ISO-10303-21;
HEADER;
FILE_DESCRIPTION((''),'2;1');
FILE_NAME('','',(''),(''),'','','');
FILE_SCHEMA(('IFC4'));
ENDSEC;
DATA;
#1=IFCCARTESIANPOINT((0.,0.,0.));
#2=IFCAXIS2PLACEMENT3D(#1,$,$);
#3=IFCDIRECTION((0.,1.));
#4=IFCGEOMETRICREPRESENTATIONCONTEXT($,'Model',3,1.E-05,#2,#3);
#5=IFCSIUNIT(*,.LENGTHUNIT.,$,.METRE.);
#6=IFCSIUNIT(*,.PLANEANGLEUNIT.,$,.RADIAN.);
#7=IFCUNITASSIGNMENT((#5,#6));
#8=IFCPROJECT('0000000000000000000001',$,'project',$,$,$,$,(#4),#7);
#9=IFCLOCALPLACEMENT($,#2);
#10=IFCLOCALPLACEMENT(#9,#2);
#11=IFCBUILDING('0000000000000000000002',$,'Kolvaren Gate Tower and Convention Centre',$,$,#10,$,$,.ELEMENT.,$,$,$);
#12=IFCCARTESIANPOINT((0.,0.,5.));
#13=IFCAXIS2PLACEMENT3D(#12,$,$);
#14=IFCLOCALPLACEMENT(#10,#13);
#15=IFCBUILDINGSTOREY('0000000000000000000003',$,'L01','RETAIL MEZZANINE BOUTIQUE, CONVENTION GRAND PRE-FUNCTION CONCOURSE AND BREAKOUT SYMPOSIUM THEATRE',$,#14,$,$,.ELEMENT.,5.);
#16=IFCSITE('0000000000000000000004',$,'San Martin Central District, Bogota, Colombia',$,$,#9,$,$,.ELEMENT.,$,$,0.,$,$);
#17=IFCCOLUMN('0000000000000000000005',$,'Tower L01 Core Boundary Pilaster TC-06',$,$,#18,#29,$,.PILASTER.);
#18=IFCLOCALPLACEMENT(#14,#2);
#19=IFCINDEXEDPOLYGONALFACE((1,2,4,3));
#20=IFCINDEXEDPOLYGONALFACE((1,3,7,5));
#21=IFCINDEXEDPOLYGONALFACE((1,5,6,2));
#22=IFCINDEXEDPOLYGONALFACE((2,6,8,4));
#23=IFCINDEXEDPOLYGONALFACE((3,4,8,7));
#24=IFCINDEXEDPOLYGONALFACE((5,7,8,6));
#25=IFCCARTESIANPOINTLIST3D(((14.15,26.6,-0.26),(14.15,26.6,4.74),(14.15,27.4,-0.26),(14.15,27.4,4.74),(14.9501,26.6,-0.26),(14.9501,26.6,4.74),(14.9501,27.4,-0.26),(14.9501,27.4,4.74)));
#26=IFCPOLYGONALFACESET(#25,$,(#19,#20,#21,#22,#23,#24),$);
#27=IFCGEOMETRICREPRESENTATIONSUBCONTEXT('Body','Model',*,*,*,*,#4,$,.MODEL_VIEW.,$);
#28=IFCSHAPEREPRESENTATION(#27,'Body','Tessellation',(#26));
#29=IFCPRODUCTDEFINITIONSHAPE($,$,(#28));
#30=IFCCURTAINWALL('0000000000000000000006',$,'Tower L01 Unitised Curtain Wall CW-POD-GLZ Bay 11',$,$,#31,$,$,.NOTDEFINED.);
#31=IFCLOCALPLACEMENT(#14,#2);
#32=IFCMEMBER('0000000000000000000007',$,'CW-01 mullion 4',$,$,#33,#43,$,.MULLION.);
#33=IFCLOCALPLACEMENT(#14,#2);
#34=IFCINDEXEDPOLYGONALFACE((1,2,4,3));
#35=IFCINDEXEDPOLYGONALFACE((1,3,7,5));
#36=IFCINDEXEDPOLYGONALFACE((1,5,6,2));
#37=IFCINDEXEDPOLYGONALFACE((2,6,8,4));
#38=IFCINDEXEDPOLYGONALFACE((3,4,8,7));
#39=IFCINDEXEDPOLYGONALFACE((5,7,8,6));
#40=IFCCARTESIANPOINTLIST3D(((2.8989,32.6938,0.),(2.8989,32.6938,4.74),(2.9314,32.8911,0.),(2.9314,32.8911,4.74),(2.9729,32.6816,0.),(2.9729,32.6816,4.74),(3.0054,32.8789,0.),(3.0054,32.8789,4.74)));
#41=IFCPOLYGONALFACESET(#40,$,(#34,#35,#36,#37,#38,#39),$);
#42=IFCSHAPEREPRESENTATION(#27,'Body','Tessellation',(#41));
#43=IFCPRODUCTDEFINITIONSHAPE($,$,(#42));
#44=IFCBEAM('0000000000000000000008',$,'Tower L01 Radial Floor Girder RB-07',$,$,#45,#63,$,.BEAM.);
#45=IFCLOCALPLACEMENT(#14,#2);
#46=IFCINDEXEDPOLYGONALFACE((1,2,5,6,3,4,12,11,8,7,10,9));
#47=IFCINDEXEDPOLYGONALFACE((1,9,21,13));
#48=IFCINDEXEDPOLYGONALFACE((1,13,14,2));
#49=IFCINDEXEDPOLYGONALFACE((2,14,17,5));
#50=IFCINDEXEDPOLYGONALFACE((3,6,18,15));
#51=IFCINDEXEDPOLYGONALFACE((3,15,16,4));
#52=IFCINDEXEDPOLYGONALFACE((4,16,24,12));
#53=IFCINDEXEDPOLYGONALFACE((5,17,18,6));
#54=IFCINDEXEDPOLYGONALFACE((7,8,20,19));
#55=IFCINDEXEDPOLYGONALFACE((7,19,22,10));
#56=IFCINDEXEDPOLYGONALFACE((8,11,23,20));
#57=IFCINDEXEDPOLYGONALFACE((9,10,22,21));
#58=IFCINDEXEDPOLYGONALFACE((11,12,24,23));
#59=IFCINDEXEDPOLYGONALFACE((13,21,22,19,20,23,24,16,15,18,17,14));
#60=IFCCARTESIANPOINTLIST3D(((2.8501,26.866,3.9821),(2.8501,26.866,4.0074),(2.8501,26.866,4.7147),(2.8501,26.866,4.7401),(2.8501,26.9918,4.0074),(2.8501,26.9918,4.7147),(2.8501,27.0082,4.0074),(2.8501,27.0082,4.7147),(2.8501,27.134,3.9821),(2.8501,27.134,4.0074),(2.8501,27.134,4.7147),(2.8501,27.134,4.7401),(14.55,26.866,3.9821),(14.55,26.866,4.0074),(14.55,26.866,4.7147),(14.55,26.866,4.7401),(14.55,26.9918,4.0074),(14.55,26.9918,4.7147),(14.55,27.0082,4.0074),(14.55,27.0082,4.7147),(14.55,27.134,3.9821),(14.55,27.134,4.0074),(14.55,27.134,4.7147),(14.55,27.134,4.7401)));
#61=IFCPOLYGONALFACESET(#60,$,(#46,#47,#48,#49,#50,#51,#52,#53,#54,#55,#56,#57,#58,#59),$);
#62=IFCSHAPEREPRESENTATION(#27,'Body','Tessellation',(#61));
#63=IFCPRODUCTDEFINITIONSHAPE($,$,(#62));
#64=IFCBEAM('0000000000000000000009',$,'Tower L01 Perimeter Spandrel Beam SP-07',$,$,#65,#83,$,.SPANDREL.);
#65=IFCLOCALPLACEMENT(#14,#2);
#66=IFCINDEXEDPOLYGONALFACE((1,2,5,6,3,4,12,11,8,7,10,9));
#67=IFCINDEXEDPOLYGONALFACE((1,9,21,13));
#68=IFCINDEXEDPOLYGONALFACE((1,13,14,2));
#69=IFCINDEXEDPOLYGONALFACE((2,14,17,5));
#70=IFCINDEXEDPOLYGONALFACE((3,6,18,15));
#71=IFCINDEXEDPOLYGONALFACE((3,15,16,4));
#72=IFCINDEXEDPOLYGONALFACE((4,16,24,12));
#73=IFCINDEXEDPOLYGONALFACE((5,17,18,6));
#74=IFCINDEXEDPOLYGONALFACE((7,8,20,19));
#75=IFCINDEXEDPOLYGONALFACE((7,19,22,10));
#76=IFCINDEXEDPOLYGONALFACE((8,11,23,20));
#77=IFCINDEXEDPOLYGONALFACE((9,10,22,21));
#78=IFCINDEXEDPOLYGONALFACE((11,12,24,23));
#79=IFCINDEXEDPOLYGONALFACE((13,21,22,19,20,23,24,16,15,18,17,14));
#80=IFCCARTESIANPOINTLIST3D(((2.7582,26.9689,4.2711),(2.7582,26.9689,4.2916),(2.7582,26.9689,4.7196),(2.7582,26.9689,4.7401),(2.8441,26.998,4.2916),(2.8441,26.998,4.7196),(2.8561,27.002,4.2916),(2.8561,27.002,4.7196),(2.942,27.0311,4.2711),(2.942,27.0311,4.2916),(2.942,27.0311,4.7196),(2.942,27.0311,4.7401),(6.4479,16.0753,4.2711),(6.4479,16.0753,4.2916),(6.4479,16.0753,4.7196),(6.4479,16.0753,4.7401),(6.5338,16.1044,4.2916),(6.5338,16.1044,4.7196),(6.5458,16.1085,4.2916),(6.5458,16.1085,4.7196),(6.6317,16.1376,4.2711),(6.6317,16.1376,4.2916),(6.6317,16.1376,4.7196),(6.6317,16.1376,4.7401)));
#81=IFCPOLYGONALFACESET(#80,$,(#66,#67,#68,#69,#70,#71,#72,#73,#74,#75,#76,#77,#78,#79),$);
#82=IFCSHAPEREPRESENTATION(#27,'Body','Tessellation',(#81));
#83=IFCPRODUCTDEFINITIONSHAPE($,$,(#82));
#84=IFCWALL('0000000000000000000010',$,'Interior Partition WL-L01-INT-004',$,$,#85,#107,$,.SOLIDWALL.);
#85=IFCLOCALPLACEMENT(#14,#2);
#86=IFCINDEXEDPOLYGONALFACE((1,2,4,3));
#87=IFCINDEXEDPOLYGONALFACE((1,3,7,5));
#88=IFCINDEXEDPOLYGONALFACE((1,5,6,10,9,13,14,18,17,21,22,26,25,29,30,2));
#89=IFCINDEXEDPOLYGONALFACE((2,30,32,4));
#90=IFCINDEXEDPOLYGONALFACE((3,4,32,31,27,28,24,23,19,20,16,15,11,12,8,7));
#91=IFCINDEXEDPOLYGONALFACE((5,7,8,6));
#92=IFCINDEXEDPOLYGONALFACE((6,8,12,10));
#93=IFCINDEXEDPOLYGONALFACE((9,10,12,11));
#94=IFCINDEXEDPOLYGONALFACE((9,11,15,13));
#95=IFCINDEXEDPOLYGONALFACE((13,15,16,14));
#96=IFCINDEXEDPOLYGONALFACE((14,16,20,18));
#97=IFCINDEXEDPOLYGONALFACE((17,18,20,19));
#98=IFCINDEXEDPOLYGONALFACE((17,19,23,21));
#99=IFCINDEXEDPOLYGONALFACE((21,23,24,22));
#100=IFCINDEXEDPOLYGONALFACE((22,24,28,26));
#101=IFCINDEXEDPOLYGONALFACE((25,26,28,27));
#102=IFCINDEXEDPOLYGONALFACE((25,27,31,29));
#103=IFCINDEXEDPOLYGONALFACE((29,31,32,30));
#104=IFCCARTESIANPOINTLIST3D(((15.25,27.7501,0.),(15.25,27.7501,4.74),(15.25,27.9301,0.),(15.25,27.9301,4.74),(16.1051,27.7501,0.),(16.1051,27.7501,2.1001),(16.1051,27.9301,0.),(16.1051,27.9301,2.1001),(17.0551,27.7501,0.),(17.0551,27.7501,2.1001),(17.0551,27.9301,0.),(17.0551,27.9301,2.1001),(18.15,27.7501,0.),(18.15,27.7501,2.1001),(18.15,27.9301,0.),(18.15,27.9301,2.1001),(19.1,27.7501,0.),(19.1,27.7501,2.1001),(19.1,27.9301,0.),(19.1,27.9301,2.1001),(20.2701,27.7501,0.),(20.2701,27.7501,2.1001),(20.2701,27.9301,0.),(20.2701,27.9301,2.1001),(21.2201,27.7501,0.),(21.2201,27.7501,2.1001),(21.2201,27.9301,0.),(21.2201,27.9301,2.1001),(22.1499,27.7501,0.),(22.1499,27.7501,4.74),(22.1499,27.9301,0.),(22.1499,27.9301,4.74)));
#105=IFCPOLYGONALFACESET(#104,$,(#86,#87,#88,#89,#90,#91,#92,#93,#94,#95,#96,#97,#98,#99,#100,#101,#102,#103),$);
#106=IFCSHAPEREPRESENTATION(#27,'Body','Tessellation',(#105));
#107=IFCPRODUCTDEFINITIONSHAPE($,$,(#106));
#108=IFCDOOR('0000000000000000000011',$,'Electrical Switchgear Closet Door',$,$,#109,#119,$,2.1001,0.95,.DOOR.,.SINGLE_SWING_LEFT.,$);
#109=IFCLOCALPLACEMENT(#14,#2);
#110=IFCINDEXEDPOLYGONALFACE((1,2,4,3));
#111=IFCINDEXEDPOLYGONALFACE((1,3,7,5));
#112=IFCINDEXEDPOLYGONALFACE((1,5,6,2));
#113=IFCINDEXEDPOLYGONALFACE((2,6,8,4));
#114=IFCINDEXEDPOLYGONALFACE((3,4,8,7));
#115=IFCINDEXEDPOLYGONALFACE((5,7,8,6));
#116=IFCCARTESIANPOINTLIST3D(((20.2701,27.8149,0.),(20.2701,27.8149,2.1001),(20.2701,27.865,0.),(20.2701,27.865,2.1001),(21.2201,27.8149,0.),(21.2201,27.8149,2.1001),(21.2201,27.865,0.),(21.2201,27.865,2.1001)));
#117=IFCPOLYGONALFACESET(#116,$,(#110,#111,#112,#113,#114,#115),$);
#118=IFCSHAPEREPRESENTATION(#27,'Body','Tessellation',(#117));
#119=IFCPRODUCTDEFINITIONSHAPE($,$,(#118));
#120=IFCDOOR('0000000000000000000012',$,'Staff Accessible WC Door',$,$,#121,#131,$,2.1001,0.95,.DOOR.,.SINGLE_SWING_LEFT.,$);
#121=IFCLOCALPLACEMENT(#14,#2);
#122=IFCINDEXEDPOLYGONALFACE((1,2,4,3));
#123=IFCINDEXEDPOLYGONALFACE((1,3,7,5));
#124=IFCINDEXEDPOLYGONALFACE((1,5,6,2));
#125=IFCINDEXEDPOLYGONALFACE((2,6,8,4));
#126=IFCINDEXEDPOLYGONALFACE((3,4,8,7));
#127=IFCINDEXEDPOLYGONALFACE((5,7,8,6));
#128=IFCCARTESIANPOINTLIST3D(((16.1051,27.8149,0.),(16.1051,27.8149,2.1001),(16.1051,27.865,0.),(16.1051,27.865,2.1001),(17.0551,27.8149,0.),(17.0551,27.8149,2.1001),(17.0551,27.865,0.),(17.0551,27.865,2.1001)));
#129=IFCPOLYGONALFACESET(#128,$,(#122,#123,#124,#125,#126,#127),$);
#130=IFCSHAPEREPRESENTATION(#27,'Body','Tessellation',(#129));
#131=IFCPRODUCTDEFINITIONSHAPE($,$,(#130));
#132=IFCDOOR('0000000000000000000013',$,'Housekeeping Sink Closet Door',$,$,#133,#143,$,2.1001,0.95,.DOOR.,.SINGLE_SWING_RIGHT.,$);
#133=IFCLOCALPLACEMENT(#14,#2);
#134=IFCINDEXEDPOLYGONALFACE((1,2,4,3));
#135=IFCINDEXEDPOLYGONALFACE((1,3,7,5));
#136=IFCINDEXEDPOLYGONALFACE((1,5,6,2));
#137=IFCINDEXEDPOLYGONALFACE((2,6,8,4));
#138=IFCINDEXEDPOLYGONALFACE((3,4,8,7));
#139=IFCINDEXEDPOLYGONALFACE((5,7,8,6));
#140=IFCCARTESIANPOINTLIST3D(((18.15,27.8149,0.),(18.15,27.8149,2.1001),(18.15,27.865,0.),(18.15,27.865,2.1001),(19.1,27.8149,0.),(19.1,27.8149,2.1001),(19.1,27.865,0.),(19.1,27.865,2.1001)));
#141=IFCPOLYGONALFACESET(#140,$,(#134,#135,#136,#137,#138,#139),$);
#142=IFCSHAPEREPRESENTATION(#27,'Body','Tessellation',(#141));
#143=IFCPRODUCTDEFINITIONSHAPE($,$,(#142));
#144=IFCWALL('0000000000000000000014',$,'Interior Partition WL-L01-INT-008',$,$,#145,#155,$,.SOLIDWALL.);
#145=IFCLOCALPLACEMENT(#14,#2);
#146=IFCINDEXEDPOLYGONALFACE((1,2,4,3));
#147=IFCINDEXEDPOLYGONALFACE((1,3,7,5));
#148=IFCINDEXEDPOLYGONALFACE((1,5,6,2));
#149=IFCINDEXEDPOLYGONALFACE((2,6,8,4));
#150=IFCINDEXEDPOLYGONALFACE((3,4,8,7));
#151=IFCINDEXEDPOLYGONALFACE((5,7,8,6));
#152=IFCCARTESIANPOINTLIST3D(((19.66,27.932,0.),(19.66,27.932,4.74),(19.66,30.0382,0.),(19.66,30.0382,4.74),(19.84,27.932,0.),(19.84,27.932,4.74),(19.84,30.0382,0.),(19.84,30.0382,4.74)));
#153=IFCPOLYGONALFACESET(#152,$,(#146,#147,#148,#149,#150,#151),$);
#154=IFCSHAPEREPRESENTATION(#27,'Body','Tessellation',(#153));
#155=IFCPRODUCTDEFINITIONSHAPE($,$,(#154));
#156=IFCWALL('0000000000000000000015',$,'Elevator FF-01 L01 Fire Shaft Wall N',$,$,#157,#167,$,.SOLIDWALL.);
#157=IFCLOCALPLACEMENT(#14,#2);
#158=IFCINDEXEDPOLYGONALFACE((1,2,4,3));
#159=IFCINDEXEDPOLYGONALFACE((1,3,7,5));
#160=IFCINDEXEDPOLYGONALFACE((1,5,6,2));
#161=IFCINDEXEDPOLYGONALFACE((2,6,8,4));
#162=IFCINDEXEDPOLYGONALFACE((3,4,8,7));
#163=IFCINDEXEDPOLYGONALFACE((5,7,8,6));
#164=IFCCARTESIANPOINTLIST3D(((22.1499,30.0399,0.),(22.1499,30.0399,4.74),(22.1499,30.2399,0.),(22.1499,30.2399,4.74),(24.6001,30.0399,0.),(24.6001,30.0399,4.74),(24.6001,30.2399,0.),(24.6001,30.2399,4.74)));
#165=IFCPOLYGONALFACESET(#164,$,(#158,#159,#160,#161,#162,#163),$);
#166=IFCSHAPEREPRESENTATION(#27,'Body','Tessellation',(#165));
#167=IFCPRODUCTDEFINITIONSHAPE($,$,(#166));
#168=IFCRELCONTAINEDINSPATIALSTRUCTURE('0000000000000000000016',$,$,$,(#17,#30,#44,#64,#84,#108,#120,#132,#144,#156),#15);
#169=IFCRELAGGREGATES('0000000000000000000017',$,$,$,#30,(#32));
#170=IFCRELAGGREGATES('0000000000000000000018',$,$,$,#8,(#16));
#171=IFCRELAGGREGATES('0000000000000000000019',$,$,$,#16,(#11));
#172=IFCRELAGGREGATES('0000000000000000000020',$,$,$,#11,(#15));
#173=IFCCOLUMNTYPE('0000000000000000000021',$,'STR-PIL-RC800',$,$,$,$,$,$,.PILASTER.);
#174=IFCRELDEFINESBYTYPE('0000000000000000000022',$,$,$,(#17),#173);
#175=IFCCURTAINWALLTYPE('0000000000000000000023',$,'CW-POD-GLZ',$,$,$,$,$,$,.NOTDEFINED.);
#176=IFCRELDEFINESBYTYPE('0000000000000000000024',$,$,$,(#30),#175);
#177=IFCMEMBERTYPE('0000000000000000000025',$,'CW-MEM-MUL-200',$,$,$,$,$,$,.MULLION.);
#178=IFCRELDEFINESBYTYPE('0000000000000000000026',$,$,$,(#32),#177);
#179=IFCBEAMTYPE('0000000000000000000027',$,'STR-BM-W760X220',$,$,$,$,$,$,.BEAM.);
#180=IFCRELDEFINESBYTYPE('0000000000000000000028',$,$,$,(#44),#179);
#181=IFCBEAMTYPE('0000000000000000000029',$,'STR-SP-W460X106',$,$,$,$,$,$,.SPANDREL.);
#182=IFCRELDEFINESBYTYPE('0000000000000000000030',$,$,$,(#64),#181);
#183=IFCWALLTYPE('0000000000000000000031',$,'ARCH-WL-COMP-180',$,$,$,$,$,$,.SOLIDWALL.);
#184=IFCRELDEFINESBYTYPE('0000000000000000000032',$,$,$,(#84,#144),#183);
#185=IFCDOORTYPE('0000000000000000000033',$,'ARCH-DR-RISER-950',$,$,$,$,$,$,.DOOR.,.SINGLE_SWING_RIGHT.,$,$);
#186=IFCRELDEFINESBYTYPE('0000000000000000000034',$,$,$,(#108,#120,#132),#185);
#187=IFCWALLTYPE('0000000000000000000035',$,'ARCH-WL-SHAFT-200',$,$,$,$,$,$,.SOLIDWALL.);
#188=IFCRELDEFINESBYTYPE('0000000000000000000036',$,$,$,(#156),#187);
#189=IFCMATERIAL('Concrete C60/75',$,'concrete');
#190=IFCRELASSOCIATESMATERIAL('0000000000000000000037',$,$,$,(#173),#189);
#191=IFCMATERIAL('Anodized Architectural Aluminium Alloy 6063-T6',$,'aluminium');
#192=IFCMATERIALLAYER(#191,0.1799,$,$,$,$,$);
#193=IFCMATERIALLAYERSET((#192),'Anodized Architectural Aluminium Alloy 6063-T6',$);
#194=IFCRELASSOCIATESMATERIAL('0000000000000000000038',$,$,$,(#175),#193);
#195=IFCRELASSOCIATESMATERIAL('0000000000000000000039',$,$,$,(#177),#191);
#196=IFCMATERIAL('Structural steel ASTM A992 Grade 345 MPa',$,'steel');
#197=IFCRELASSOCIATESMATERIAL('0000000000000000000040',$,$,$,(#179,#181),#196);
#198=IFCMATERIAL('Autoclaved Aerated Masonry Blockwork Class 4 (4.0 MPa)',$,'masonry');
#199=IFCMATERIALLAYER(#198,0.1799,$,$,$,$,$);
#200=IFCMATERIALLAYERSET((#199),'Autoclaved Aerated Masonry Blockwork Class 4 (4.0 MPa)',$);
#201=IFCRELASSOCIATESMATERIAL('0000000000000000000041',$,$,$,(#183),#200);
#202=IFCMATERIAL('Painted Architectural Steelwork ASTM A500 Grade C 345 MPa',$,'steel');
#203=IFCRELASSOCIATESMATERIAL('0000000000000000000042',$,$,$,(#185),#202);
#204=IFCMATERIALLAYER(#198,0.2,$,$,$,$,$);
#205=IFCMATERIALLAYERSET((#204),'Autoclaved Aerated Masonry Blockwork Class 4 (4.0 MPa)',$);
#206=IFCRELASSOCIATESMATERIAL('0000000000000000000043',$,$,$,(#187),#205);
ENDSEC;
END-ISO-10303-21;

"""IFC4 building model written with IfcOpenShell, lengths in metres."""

from ifc_helpers import new_model, si_unit, direction, frame, frame_2d, origin, origin_2d, place, context, subcontext, project, spatial, rectangle, i_section, extrude, material, layer, layer_set, material_profile, profile_set, type_object, element, fill, aggregate, save


model = new_model("IFC4")

# Units and contexts
model_context = context("Model", 3, precision=1e-05, world=origin(), true_north=direction((0.0, 1.0)))
body_context = subcontext(model_context, "Body", "Model", "MODEL_VIEW")
ifc_project = project(units=[si_unit("LENGTHUNIT", "METRE"), si_unit("PLANEANGLEUNIT", "RADIAN")], contexts=[model_context])

# Site, building, storey
site_placement = place(None, origin())
site = spatial("IfcSite", under=ifc_project, at=site_placement, Name="San Martin Central District, Bogota, Colombia", CompositionType="ELEMENT", RefElevation=0.0)
building_placement = place(site_placement, origin())
building = spatial("IfcBuilding", under=site, at=building_placement, Name="Kolvaren Gate Tower and Convention Centre", CompositionType="ELEMENT")
storey_placement = place(building_placement, frame((0.0, 0.0, 5.0)))
storey = spatial("IfcBuildingStorey", under=building, at=storey_placement, Name="L01", Description="RETAIL MEZZANINE BOUTIQUE, CONVENTION GRAND PRE-FUNCTION CONCOURSE AND BREAKOUT SYMPOSIUM THEATRE", CompositionType="ELEMENT", Elevation=5.0)

# Column
ifc_material_1 = material(Name="Concrete C60/75", Category="concrete")
ifc_material_profile_1 = material_profile(ifc_material_1, rectangle(XDim=0.8, YDim=0.8, at=origin_2d()), Name="RC-COL-800X800")
ifc_profile_set_1 = profile_set([ifc_material_profile_1], Name="Concrete C60/75")
column_type = type_object("IfcColumnType", Name="STR-PIL-RC800", PredefinedType="PILASTER", material=ifc_profile_set_1)
column_placement = place(storey_placement, frame((14.55, 27.0, -0.26), z_axis=(0.0, 0.0, 1.0), x_axis=(1.0, 0.0, 0.0)))
element("IfcColumn", 1, at=column_placement, inside=storey, type_object=column_type, Name="Tower L01 Core Boundary Pilaster TC-06", PredefinedType="PILASTER", context=body_context, shape_type="SweptSolid", body=[
    extrude(rectangle(XDim=0.8, YDim=0.8, at=origin_2d()), origin(), (0.0, 0.0, 1.0), 5.0),
])

# Curtain wall, member
ifc_material_2 = material(Name="Anodized Architectural Aluminium Alloy 6063-T6", Category="aluminium")
ifc_layer_1 = layer(ifc_material_2, 0.1799)
ifc_layer_set_1 = layer_set([ifc_layer_1], Name="Anodized Architectural Aluminium Alloy 6063-T6")
curtain_wall_type = type_object("IfcCurtainWallType", Name="CW-POD-GLZ", PredefinedType="NOTDEFINED", material=ifc_layer_set_1)
curtain_wall_placement = place(storey_placement, origin())
curtain_wall = element("IfcCurtainWall", 2, at=curtain_wall_placement, inside=storey, type_object=curtain_wall_type, Name="Tower L01 Unitised Curtain Wall CW-POD-GLZ Bay 11", PredefinedType="NOTDEFINED")
ifc_material_profile_2 = material_profile(ifc_material_2, rectangle(XDim=0.075, YDim=0.2, at=origin_2d()), Name="CW-MEM-MUL-200")
ifc_profile_set_2 = profile_set([ifc_material_profile_2], Name="Anodized Architectural Aluminium Alloy 6063-T6")
member_type = type_object("IfcMemberType", Name="CW-MEM-MUL-200", PredefinedType="MULLION", material=ifc_profile_set_2)
member_placement = place(storey_placement, frame((2.9521, 32.7864, 0.0), z_axis=(0.0, 0.0, 1.0), x_axis=(-0.986729, 0.162376, 0.0)))
member = element("IfcMember", 3, at=member_placement, type_object=member_type, Name="CW-01 mullion 4", PredefinedType="MULLION", context=body_context, shape_type="SweptSolid", body=[
    extrude(rectangle(XDim=0.075, YDim=0.2, at=origin_2d()), origin(), (0.0, 0.0, 1.0), 4.74),
])
aggregate(curtain_wall, [member])

# Beams
ifc_material_3 = material(Name="Structural steel ASTM A992 Grade 345 MPa", Category="steel")
ifc_material_profile_3 = material_profile(ifc_material_3, i_section(OverallWidth=0.2681, OverallDepth=0.7581, WebThickness=0.0164, FlangeThickness=0.0254, at=origin_2d()), Name="W760X220")
ifc_profile_set_3 = profile_set([ifc_material_profile_3], Name="Structural steel ASTM A992 Grade 345 MPa")
beam_type_1 = type_object("IfcBeamType", Name="STR-BM-W760X220", PredefinedType="BEAM", material=ifc_profile_set_3)
beam_1_placement = place(storey_placement, frame((14.55, 27.0, 4.3611), z_axis=(-1.0, 0.0, 0.0), x_axis=(0.0, -1.0, 0.0)))
element("IfcBeam", 4, at=beam_1_placement, inside=storey, type_object=beam_type_1, Name="Tower L01 Radial Floor Girder RB-07", PredefinedType="BEAM", context=body_context, shape_type="SweptSolid", body=[
    extrude(i_section(OverallWidth=0.2681, OverallDepth=0.7581, WebThickness=0.0164, FlangeThickness=0.0254, at=origin_2d()), origin(), (0.0, 0.0, 1.0), 11.7),
])
ifc_material_profile_4 = material_profile(ifc_material_3, i_section(OverallWidth=0.1941, OverallDepth=0.469, WebThickness=0.0127, FlangeThickness=0.0205, at=origin_2d()), Name="W460X106")
ifc_profile_set_4 = profile_set([ifc_material_profile_4], Name="Structural steel ASTM A992 Grade 345 MPa")
beam_type_2 = type_object("IfcBeamType", Name="STR-SP-W460X106", PredefinedType="SPANDREL", material=ifc_profile_set_4)
beam_2_placement = place(storey_placement, frame((2.8501, 27.0, 4.5056), z_axis=(0.320803, -0.947146, 0.0), x_axis=(0.947146, 0.320803, 0.0)))
element("IfcBeam", 5, at=beam_2_placement, inside=storey, type_object=beam_type_2, Name="Tower L01 Perimeter Spandrel Beam SP-07", PredefinedType="SPANDREL", context=body_context, shape_type="SweptSolid", body=[
    extrude(i_section(OverallWidth=0.1941, OverallDepth=0.469, WebThickness=0.0127, FlangeThickness=0.0205, at=origin_2d()), origin(), (0.0, 0.0, 1.0), 11.5015),
])

# Wall, openings, doors
ifc_material_4 = material(Name="Autoclaved Aerated Masonry Blockwork Class 4 (4.0 MPa)", Category="masonry")
ifc_layer_2 = layer(ifc_material_4, 0.1799)
ifc_layer_set_2 = layer_set([ifc_layer_2], Name="Autoclaved Aerated Masonry Blockwork Class 4 (4.0 MPa)")
wall_type_1 = type_object("IfcWallType", Name="ARCH-WL-COMP-180", PredefinedType="SOLIDWALL", material=ifc_layer_set_2)
wall_1_placement = place(storey_placement, frame((15.25, 27.8401, 0.0), z_axis=(0.0, 0.0, 1.0), x_axis=(1.0, 0.0, 0.0)))
wall_1 = element("IfcWall", 6, at=wall_1_placement, inside=storey, type_object=wall_type_1, Name="Interior Partition WL-L01-INT-004", PredefinedType="SOLIDWALL", context=body_context, shape_type="SweptSolid", body=[
    extrude(rectangle(XDim=6.8999, YDim=0.1799, at=frame_2d((3.45, 0.0))), origin(), (0.0, 0.0, 1.0), 4.74),
])
opening_1_placement = place(wall_1_placement, frame((5.02, 0.0, 0.0)))
opening_1 = element("IfcOpeningElement", 7, at=opening_1_placement, cuts=wall_1, PredefinedType="OPENING", context=body_context, shape_type="SweptSolid", body=[
    extrude(rectangle(XDim=0.95, YDim=2.1001, at=frame_2d((0.4751, 1.05))), frame((0.0, 0.0999, 0.0), z_axis=(0.0, -1.0, 0.0), x_axis=(1.0, 0.0, 0.0)), (0.0, 0.0, 1.0), 0.2),
])
opening_2_placement = place(wall_1_placement, frame((0.855, 0.0, 0.0)))
opening_2 = element("IfcOpeningElement", 8, at=opening_2_placement, cuts=wall_1, PredefinedType="OPENING", context=body_context, shape_type="SweptSolid", body=[
    extrude(rectangle(XDim=0.95, YDim=2.1001, at=frame_2d((0.4751, 1.05))), frame((0.0, 0.0999, 0.0), z_axis=(0.0, -1.0, 0.0), x_axis=(1.0, 0.0, 0.0)), (0.0, 0.0, 1.0), 0.2),
])
opening_3_placement = place(wall_1_placement, frame((2.8999, 0.0, 0.0)))
opening_3 = element("IfcOpeningElement", 9, at=opening_3_placement, cuts=wall_1, PredefinedType="OPENING", context=body_context, shape_type="SweptSolid", body=[
    extrude(rectangle(XDim=0.95, YDim=2.1001, at=frame_2d((0.4751, 1.05))), frame((0.0, 0.0999, 0.0), z_axis=(0.0, -1.0, 0.0), x_axis=(1.0, 0.0, 0.0)), (0.0, 0.0, 1.0), 0.2),
])
ifc_material_5 = material(Name="Painted Architectural Steelwork ASTM A500 Grade C 345 MPa", Category="steel")
door_type = type_object("IfcDoorType", Name="ARCH-DR-RISER-950", OperationType="SINGLE_SWING_RIGHT", PredefinedType="DOOR", material=ifc_material_5)
door_1_placement = place(opening_1_placement, origin())
door_1 = element("IfcDoor", 10, at=door_1_placement, inside=storey, type_object=door_type, Name="Electrical Switchgear Closet Door", OperationType="SINGLE_SWING_LEFT", OverallHeight=2.1001, OverallWidth=0.95, PredefinedType="DOOR", context=body_context, shape_type="SweptSolid", body=[
    extrude(rectangle(XDim=0.95, YDim=2.1001, at=frame_2d((0.4751, 1.05))), frame((0.0, 0.0249, 0.0), z_axis=(0.0, -1.0, 0.0), x_axis=(1.0, 0.0, 0.0)), (0.0, 0.0, 1.0), 0.05),
])
fill(opening_1, door_1)
door_2_placement = place(opening_2_placement, origin())
door_2 = element("IfcDoor", 11, at=door_2_placement, inside=storey, type_object=door_type, Name="Staff Accessible WC Door", OperationType="SINGLE_SWING_LEFT", OverallHeight=2.1001, OverallWidth=0.95, PredefinedType="DOOR", context=body_context, shape_type="SweptSolid", body=[
    extrude(rectangle(XDim=0.95, YDim=2.1001, at=frame_2d((0.4751, 1.05))), frame((0.0, 0.0249, 0.0), z_axis=(0.0, -1.0, 0.0), x_axis=(1.0, 0.0, 0.0)), (0.0, 0.0, 1.0), 0.05),
])
fill(opening_2, door_2)
door_3_placement = place(opening_3_placement, origin())
door_3 = element("IfcDoor", 12, at=door_3_placement, inside=storey, type_object=door_type, Name="Housekeeping Sink Closet Door", OperationType="SINGLE_SWING_RIGHT", OverallHeight=2.1001, OverallWidth=0.95, PredefinedType="DOOR", context=body_context, shape_type="SweptSolid", body=[
    extrude(rectangle(XDim=0.95, YDim=2.1001, at=frame_2d((0.4751, 1.05))), frame((0.0, 0.0249, 0.0), z_axis=(0.0, -1.0, 0.0), x_axis=(1.0, 0.0, 0.0)), (0.0, 0.0, 1.0), 0.05),
])
fill(opening_3, door_3)

# Walls
wall_2_placement = place(storey_placement, frame((19.75, 27.9319, 0.0), z_axis=(0.0, 0.0, 1.0), x_axis=(0.0, 1.0, 0.0)))
element("IfcWall", 13, at=wall_2_placement, inside=storey, type_object=wall_type_1, Name="Interior Partition WL-L01-INT-008", PredefinedType="SOLIDWALL", context=body_context, shape_type="SweptSolid", body=[
    extrude(rectangle(XDim=2.1062, YDim=0.1799, at=frame_2d((1.0532, 0.0))), origin(), (0.0, 0.0, 1.0), 4.74),
])
ifc_layer_3 = layer(ifc_material_4, 0.2)
ifc_layer_set_3 = layer_set([ifc_layer_3], Name="Autoclaved Aerated Masonry Blockwork Class 4 (4.0 MPa)")
wall_type_2 = type_object("IfcWallType", Name="ARCH-WL-SHAFT-200", PredefinedType="SOLIDWALL", material=ifc_layer_set_3)
for number, where, z_axis, x_axis, name in (
    (14, (22.1499, 30.1399, 0.0), (0.0, 0.0, 1.0), (1.0, 0.0, 0.0), "Elevator FF-01 L01 Fire Shaft Wall N"),
):
    element("IfcWall", number, at=place(storey_placement, frame(where, z_axis=z_axis, x_axis=x_axis)), inside=storey, type_object=wall_type_2, Name=name, PredefinedType="SOLIDWALL", context=body_context, shape_type="SweptSolid", body=[
        extrude(rectangle(XDim=2.4502, YDim=0.2, at=frame_2d((1.2251, 0.0))), origin(), (0.0, 0.0, 1.0), 4.74),
    ])

save(model, "model.ifc")
